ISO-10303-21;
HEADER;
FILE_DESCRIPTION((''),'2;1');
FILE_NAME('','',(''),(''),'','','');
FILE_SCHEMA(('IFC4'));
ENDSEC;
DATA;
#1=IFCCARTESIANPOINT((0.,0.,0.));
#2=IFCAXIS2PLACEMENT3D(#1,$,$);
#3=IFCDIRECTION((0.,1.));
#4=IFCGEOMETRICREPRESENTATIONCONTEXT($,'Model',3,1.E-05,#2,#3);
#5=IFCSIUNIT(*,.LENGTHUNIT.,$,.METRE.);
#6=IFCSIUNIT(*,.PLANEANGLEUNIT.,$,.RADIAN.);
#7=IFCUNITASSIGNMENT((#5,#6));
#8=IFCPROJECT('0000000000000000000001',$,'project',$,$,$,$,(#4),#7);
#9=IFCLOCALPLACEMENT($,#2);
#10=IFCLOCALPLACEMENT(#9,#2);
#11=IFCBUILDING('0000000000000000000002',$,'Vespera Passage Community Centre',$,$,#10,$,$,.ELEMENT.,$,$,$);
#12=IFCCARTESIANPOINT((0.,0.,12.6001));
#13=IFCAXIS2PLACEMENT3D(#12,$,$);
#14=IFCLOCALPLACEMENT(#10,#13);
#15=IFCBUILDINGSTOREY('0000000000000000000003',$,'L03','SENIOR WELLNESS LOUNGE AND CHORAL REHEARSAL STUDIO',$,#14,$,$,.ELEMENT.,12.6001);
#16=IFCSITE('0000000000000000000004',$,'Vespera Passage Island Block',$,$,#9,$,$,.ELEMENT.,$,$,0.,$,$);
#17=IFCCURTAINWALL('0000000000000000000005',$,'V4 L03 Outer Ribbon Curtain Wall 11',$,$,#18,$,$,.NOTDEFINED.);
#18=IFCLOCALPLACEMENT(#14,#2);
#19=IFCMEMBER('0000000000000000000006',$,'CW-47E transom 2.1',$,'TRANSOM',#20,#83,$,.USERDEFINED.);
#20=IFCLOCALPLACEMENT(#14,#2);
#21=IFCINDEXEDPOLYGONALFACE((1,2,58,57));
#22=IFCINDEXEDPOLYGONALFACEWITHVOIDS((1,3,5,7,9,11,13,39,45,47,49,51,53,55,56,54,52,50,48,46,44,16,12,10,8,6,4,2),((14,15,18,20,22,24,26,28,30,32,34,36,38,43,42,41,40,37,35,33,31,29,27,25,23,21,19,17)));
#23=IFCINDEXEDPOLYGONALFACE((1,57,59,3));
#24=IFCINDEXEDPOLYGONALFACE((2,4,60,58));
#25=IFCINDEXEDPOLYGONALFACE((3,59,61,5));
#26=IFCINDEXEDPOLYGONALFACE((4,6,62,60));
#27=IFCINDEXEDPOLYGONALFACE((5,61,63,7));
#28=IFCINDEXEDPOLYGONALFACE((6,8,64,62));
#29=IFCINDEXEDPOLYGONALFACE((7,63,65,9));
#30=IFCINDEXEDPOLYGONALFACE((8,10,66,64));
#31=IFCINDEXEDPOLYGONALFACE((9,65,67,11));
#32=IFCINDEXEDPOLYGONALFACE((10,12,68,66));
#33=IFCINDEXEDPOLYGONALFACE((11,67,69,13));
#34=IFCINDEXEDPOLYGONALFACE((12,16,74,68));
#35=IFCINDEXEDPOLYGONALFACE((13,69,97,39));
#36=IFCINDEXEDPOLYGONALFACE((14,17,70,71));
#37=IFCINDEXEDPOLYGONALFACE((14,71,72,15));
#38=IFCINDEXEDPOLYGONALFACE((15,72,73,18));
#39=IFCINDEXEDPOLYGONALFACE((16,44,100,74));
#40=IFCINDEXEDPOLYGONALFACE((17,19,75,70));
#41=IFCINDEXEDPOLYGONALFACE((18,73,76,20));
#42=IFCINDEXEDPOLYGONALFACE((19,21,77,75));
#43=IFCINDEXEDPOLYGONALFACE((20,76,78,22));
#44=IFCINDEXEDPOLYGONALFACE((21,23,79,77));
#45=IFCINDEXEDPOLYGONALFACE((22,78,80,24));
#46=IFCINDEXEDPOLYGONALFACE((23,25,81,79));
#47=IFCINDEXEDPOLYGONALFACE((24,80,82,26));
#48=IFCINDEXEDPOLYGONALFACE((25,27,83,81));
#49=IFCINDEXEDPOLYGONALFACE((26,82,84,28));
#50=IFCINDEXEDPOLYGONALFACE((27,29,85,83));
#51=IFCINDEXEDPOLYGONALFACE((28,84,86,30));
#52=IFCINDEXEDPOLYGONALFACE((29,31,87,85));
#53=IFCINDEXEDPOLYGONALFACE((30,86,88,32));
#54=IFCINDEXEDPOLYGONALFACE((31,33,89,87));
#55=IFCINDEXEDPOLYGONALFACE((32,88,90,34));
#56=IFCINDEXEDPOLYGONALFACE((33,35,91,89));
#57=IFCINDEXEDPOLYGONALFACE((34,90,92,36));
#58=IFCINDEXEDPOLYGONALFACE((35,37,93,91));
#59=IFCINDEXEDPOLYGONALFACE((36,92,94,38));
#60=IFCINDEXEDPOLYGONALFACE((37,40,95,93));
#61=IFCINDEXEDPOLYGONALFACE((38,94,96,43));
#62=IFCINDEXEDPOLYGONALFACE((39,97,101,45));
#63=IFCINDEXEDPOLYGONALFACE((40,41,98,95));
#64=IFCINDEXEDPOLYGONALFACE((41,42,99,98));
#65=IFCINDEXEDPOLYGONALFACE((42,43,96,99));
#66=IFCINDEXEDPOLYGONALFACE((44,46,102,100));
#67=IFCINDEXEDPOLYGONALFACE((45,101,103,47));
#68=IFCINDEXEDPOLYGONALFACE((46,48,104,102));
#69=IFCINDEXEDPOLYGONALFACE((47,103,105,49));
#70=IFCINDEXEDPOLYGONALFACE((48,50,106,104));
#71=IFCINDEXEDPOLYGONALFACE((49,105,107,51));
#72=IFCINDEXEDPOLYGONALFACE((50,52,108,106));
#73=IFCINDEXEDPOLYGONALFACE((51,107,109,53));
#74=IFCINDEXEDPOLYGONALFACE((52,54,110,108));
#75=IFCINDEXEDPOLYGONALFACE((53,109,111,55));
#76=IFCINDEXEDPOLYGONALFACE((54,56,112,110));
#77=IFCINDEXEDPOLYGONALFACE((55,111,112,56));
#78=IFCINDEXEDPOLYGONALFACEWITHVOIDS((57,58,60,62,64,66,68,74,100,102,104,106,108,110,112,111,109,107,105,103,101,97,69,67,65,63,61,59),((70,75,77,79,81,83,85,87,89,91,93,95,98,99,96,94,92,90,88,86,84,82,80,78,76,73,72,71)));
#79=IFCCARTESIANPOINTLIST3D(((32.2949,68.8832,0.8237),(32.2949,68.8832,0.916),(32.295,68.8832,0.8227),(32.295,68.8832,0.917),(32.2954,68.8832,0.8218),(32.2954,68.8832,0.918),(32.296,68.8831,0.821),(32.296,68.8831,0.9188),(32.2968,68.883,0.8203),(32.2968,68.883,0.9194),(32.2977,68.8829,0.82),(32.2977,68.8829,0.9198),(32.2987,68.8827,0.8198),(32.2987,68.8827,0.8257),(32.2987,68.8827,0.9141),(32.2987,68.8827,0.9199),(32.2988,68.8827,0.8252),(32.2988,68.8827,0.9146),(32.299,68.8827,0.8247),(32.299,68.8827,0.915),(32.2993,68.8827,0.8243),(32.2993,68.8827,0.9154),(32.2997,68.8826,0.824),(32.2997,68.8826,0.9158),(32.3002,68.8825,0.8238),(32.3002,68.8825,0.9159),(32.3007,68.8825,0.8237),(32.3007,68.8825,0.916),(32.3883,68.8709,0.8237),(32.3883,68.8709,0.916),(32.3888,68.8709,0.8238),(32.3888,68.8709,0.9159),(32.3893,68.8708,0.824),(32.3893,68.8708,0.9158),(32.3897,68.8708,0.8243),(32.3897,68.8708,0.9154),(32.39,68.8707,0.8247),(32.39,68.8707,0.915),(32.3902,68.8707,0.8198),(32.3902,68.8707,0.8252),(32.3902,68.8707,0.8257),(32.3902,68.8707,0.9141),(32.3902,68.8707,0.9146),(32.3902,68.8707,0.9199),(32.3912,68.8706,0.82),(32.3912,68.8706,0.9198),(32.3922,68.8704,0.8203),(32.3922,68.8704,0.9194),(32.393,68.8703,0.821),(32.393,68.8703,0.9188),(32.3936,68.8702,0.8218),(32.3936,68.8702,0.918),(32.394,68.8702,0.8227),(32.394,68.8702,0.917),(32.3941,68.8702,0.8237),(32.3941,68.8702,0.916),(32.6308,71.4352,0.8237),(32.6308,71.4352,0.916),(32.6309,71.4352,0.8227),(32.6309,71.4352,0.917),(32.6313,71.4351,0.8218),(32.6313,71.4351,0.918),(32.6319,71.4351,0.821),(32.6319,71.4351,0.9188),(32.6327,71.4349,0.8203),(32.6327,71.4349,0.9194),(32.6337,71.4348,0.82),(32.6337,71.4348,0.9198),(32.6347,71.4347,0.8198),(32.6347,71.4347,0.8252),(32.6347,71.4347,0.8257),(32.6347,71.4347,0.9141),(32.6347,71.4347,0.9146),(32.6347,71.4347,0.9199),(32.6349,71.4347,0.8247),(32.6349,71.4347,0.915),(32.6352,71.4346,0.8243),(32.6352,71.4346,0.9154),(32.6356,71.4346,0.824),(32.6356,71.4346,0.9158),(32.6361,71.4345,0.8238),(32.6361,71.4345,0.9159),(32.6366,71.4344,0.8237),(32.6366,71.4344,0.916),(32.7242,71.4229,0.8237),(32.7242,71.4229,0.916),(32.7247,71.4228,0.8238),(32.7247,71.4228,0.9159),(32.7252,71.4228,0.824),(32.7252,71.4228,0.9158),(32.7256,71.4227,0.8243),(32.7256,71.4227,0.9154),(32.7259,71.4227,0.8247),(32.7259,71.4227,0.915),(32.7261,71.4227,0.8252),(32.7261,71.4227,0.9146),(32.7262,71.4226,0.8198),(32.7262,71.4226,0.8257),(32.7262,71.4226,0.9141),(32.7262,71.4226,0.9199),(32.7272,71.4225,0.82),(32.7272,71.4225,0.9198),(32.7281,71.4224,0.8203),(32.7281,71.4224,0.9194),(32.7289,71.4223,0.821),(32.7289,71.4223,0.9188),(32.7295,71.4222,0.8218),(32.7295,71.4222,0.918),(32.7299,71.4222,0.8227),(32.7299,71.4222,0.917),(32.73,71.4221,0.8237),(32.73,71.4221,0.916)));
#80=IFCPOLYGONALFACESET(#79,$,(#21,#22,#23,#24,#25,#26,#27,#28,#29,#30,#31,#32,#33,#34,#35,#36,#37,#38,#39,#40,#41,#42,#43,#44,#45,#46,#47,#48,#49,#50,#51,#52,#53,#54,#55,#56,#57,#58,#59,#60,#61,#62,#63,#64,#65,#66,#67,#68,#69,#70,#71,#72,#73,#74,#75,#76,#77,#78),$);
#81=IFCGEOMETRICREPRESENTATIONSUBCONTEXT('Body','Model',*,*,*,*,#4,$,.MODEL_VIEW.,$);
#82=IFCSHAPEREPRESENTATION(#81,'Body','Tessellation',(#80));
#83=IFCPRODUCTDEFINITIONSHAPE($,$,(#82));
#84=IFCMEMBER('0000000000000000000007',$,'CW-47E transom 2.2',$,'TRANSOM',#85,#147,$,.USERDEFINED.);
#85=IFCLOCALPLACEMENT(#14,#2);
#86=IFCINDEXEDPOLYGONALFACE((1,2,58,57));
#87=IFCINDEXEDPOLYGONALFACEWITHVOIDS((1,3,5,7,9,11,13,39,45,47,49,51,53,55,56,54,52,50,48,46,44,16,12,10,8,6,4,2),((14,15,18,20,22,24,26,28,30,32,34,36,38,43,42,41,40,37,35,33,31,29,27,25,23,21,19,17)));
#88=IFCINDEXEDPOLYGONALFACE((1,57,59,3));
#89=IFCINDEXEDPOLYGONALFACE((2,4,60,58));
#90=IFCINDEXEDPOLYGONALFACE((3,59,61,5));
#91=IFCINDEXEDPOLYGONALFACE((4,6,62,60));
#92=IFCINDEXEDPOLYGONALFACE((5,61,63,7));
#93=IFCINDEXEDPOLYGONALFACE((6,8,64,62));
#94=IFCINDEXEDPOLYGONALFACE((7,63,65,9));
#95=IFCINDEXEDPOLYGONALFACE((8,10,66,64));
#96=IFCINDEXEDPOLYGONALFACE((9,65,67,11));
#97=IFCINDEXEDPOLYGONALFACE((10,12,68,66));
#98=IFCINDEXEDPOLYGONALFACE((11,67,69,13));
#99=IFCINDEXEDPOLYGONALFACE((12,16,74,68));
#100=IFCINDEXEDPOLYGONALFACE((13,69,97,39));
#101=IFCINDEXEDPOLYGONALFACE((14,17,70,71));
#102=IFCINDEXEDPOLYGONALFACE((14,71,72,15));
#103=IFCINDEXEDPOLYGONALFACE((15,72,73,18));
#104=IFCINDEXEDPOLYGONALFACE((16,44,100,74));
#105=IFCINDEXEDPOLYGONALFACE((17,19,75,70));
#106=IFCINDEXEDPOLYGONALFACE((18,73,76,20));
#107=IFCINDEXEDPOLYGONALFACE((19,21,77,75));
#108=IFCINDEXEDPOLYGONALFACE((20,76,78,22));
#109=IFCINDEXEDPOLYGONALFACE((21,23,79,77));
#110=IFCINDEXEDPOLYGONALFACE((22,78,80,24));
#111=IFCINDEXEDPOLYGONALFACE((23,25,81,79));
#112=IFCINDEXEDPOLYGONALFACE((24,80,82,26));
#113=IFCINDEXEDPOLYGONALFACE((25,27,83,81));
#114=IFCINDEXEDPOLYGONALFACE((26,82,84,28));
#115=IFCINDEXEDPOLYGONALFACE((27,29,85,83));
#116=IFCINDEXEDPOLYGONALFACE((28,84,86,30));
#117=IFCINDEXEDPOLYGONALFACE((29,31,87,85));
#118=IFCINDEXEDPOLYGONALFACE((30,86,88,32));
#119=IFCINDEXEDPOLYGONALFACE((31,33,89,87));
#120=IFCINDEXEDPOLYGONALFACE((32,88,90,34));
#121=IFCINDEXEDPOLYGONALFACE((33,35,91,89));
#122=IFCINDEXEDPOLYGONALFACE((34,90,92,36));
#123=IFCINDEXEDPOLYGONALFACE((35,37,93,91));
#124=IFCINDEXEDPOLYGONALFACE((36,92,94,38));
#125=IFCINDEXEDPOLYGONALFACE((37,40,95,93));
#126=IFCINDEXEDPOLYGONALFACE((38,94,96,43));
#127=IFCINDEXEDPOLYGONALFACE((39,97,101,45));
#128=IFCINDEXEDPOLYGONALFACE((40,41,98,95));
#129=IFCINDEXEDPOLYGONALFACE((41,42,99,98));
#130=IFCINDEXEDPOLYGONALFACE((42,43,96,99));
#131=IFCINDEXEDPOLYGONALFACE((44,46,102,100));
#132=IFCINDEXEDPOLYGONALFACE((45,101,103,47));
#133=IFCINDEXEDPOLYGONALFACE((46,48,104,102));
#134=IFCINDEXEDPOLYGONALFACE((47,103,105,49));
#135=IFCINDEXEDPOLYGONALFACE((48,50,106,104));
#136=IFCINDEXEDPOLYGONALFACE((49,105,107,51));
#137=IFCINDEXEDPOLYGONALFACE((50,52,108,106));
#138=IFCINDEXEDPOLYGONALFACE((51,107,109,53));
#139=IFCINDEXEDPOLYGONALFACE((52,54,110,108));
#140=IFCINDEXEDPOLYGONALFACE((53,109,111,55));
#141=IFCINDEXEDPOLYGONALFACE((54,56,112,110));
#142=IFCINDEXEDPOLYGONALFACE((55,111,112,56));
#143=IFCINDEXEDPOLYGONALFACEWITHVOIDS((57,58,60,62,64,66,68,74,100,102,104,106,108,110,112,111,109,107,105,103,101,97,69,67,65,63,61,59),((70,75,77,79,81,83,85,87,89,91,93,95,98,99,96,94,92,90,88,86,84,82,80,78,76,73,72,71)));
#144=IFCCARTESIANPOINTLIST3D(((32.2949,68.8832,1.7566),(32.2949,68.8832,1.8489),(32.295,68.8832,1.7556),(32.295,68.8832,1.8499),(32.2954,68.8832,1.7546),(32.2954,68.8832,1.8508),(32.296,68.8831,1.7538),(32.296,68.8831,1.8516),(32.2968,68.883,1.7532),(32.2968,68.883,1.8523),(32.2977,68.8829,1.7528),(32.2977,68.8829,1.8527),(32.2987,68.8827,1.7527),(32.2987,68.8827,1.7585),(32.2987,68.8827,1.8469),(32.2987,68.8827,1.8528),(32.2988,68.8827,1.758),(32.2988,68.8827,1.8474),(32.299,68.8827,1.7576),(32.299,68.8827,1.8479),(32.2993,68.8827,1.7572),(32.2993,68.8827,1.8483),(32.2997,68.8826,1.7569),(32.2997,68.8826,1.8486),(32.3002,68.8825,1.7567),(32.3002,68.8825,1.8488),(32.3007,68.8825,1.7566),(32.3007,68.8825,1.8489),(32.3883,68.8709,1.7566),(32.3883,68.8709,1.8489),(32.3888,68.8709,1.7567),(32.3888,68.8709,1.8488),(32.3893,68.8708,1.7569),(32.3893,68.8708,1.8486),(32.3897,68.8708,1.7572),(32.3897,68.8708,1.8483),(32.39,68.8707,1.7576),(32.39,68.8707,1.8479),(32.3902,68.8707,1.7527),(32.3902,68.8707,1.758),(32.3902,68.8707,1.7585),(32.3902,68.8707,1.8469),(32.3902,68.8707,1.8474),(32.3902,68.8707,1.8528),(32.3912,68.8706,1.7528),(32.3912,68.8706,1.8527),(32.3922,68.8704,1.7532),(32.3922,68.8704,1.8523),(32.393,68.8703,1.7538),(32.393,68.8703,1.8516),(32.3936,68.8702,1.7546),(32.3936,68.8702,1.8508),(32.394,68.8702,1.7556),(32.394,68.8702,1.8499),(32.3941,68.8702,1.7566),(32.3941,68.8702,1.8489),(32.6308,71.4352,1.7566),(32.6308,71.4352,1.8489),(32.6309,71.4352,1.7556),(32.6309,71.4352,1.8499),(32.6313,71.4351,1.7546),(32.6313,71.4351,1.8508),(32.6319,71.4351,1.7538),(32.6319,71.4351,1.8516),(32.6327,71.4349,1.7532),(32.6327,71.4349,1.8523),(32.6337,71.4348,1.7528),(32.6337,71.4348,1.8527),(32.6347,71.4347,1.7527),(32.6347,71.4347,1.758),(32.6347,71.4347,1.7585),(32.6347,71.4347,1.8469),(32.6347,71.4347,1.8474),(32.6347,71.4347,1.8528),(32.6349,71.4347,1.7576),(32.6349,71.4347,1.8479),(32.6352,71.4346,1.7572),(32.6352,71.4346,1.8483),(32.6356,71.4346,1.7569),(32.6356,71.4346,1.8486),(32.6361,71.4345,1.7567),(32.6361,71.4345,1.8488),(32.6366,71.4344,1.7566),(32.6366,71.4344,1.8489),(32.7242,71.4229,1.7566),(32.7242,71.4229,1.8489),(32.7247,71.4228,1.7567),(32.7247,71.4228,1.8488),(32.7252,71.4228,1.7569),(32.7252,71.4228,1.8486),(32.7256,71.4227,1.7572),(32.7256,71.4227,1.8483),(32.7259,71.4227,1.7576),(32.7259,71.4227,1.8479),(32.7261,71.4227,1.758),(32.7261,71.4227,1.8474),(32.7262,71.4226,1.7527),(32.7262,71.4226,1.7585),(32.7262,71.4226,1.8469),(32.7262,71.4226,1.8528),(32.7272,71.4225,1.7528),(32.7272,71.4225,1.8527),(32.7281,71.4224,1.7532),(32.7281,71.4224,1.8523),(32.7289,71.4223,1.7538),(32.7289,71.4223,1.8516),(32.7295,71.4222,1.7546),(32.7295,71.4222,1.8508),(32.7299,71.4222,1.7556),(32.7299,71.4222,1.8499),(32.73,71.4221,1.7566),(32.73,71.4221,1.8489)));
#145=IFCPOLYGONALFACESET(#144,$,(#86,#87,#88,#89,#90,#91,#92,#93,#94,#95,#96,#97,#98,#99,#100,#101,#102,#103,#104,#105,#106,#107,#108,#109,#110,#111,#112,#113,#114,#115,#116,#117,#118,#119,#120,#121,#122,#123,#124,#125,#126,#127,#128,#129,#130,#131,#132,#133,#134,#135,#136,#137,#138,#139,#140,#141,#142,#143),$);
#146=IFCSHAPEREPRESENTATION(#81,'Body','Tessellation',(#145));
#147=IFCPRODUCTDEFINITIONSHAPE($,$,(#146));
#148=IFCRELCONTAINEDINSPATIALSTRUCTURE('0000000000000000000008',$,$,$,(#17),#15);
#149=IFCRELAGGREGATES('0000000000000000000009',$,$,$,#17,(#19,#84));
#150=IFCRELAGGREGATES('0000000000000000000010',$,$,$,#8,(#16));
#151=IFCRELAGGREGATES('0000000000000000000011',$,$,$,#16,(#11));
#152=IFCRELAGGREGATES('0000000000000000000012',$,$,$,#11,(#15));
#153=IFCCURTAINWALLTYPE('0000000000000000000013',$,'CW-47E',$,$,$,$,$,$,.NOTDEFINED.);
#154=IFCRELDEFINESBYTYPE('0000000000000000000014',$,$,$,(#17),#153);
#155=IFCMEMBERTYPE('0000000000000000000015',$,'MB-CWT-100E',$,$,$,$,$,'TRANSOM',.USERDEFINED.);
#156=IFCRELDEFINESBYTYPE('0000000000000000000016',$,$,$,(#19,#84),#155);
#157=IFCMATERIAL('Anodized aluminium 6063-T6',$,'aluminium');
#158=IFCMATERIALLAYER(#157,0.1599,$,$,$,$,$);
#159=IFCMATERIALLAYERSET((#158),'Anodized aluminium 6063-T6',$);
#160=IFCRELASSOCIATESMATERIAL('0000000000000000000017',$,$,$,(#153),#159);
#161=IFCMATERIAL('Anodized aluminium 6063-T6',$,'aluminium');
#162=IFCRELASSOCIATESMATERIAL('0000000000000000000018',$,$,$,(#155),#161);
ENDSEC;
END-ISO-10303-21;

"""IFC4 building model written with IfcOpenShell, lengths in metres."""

from ifc_helpers import new_model, si_unit, direction, frame, origin, origin_2d, place, context, subcontext, project, spatial, hollow_rectangle, extrude, material, layer, layer_set, material_profile, profile_set, type_object, element, aggregate, save


model = new_model("IFC4")

# Units and contexts
model_context = context("Model", 3, precision=1e-05, world=origin(), true_north=direction((0.0, 1.0)))
body_context = subcontext(model_context, "Body", "Model", "MODEL_VIEW")
ifc_project = project(units=[si_unit("LENGTHUNIT", "METRE"), si_unit("PLANEANGLEUNIT", "RADIAN")], contexts=[model_context])

# Site, building, storey
site_placement = place(None, origin())
site = spatial("IfcSite", under=ifc_project, at=site_placement, Name="Vespera Passage Island Block", CompositionType="ELEMENT", RefElevation=0.0)
building_placement = place(site_placement, origin())
building = spatial("IfcBuilding", under=site, at=building_placement, Name="Vespera Passage Community Centre", CompositionType="ELEMENT")
storey_placement = place(building_placement, frame((0.0, 0.0, 12.6001)))
storey = spatial("IfcBuildingStorey", under=building, at=storey_placement, Name="L03", Description="SENIOR WELLNESS LOUNGE AND CHORAL REHEARSAL STUDIO", CompositionType="ELEMENT", Elevation=12.6001)

# Curtain wall, members
ifc_material_1 = material(Name="Anodized aluminium 6063-T6", Category="aluminium")
ifc_layer_1 = layer(ifc_material_1, 0.1599)
ifc_layer_set_1 = layer_set([ifc_layer_1], Name="Anodized aluminium 6063-T6")
curtain_wall_type = type_object("IfcCurtainWallType", Name="CW-47E", PredefinedType="NOTDEFINED", material=ifc_layer_set_1)
curtain_wall_placement = place(storey_placement, origin())
curtain_wall = element("IfcCurtainWall", 1, at=curtain_wall_placement, inside=storey, type_object=curtain_wall_type, Name="V4 L03 Outer Ribbon Curtain Wall 11", PredefinedType="NOTDEFINED")
ifc_material_2 = material(Name="Anodized aluminium 6063-T6", Category="aluminium")
ifc_material_profile_1 = material_profile(ifc_material_2, hollow_rectangle(XDim=0.1001, YDim=0.1001, WallThickness=0.0039, InnerFilletRadius=0.002, OuterFilletRadius=0.0039, at=origin_2d()), Name="ALU100X100X4")
ifc_profile_set_1 = profile_set([ifc_material_profile_1], Name="Anodized aluminium 6063-T6")
member_type_1 = type_object("IfcMemberType", Name="MB-CWT-100E", ElementType="TRANSOM", PredefinedType="USERDEFINED", material=ifc_profile_set_1)
member_1_placement = place(storey_placement, frame((32.3445, 68.8767, 0.8699), z_axis=(0.130511, 0.991447, 0.0), x_axis=(-0.991447, 0.130511, 0.0)))
member_1 = element("IfcMember", 2, at=member_1_placement, type_object=member_type_1, Name="CW-47E transom 2.1", ObjectType="TRANSOM", PredefinedType="USERDEFINED", context=body_context, shape_type="SweptSolid", body=[
    extrude(hollow_rectangle(XDim=0.1001, YDim=0.1001, WallThickness=0.0039, InnerFilletRadius=0.002, OuterFilletRadius=0.0039, at=origin_2d()), origin(), (0.0, 0.0, 1.0), 2.574),
])
member_2_placement = place(storey_placement, frame((32.3445, 68.8767, 1.8027), z_axis=(0.130511, 0.991447, 0.0), x_axis=(-0.991447, 0.130511, 0.0)))
member_2 = element("IfcMember", 3, at=member_2_placement, type_object=member_type_1, Name="CW-47E transom 2.2", ObjectType="TRANSOM", PredefinedType="USERDEFINED", context=body_context, shape_type="SweptSolid", body=[
    extrude(hollow_rectangle(XDim=0.1001, YDim=0.1001, WallThickness=0.0039, InnerFilletRadius=0.002, OuterFilletRadius=0.0039, at=origin_2d()), origin(), (0.0, 0.0, 1.0), 2.574),
])
aggregate(curtain_wall, [member_1, member_2])

save(model, "model.ifc")
